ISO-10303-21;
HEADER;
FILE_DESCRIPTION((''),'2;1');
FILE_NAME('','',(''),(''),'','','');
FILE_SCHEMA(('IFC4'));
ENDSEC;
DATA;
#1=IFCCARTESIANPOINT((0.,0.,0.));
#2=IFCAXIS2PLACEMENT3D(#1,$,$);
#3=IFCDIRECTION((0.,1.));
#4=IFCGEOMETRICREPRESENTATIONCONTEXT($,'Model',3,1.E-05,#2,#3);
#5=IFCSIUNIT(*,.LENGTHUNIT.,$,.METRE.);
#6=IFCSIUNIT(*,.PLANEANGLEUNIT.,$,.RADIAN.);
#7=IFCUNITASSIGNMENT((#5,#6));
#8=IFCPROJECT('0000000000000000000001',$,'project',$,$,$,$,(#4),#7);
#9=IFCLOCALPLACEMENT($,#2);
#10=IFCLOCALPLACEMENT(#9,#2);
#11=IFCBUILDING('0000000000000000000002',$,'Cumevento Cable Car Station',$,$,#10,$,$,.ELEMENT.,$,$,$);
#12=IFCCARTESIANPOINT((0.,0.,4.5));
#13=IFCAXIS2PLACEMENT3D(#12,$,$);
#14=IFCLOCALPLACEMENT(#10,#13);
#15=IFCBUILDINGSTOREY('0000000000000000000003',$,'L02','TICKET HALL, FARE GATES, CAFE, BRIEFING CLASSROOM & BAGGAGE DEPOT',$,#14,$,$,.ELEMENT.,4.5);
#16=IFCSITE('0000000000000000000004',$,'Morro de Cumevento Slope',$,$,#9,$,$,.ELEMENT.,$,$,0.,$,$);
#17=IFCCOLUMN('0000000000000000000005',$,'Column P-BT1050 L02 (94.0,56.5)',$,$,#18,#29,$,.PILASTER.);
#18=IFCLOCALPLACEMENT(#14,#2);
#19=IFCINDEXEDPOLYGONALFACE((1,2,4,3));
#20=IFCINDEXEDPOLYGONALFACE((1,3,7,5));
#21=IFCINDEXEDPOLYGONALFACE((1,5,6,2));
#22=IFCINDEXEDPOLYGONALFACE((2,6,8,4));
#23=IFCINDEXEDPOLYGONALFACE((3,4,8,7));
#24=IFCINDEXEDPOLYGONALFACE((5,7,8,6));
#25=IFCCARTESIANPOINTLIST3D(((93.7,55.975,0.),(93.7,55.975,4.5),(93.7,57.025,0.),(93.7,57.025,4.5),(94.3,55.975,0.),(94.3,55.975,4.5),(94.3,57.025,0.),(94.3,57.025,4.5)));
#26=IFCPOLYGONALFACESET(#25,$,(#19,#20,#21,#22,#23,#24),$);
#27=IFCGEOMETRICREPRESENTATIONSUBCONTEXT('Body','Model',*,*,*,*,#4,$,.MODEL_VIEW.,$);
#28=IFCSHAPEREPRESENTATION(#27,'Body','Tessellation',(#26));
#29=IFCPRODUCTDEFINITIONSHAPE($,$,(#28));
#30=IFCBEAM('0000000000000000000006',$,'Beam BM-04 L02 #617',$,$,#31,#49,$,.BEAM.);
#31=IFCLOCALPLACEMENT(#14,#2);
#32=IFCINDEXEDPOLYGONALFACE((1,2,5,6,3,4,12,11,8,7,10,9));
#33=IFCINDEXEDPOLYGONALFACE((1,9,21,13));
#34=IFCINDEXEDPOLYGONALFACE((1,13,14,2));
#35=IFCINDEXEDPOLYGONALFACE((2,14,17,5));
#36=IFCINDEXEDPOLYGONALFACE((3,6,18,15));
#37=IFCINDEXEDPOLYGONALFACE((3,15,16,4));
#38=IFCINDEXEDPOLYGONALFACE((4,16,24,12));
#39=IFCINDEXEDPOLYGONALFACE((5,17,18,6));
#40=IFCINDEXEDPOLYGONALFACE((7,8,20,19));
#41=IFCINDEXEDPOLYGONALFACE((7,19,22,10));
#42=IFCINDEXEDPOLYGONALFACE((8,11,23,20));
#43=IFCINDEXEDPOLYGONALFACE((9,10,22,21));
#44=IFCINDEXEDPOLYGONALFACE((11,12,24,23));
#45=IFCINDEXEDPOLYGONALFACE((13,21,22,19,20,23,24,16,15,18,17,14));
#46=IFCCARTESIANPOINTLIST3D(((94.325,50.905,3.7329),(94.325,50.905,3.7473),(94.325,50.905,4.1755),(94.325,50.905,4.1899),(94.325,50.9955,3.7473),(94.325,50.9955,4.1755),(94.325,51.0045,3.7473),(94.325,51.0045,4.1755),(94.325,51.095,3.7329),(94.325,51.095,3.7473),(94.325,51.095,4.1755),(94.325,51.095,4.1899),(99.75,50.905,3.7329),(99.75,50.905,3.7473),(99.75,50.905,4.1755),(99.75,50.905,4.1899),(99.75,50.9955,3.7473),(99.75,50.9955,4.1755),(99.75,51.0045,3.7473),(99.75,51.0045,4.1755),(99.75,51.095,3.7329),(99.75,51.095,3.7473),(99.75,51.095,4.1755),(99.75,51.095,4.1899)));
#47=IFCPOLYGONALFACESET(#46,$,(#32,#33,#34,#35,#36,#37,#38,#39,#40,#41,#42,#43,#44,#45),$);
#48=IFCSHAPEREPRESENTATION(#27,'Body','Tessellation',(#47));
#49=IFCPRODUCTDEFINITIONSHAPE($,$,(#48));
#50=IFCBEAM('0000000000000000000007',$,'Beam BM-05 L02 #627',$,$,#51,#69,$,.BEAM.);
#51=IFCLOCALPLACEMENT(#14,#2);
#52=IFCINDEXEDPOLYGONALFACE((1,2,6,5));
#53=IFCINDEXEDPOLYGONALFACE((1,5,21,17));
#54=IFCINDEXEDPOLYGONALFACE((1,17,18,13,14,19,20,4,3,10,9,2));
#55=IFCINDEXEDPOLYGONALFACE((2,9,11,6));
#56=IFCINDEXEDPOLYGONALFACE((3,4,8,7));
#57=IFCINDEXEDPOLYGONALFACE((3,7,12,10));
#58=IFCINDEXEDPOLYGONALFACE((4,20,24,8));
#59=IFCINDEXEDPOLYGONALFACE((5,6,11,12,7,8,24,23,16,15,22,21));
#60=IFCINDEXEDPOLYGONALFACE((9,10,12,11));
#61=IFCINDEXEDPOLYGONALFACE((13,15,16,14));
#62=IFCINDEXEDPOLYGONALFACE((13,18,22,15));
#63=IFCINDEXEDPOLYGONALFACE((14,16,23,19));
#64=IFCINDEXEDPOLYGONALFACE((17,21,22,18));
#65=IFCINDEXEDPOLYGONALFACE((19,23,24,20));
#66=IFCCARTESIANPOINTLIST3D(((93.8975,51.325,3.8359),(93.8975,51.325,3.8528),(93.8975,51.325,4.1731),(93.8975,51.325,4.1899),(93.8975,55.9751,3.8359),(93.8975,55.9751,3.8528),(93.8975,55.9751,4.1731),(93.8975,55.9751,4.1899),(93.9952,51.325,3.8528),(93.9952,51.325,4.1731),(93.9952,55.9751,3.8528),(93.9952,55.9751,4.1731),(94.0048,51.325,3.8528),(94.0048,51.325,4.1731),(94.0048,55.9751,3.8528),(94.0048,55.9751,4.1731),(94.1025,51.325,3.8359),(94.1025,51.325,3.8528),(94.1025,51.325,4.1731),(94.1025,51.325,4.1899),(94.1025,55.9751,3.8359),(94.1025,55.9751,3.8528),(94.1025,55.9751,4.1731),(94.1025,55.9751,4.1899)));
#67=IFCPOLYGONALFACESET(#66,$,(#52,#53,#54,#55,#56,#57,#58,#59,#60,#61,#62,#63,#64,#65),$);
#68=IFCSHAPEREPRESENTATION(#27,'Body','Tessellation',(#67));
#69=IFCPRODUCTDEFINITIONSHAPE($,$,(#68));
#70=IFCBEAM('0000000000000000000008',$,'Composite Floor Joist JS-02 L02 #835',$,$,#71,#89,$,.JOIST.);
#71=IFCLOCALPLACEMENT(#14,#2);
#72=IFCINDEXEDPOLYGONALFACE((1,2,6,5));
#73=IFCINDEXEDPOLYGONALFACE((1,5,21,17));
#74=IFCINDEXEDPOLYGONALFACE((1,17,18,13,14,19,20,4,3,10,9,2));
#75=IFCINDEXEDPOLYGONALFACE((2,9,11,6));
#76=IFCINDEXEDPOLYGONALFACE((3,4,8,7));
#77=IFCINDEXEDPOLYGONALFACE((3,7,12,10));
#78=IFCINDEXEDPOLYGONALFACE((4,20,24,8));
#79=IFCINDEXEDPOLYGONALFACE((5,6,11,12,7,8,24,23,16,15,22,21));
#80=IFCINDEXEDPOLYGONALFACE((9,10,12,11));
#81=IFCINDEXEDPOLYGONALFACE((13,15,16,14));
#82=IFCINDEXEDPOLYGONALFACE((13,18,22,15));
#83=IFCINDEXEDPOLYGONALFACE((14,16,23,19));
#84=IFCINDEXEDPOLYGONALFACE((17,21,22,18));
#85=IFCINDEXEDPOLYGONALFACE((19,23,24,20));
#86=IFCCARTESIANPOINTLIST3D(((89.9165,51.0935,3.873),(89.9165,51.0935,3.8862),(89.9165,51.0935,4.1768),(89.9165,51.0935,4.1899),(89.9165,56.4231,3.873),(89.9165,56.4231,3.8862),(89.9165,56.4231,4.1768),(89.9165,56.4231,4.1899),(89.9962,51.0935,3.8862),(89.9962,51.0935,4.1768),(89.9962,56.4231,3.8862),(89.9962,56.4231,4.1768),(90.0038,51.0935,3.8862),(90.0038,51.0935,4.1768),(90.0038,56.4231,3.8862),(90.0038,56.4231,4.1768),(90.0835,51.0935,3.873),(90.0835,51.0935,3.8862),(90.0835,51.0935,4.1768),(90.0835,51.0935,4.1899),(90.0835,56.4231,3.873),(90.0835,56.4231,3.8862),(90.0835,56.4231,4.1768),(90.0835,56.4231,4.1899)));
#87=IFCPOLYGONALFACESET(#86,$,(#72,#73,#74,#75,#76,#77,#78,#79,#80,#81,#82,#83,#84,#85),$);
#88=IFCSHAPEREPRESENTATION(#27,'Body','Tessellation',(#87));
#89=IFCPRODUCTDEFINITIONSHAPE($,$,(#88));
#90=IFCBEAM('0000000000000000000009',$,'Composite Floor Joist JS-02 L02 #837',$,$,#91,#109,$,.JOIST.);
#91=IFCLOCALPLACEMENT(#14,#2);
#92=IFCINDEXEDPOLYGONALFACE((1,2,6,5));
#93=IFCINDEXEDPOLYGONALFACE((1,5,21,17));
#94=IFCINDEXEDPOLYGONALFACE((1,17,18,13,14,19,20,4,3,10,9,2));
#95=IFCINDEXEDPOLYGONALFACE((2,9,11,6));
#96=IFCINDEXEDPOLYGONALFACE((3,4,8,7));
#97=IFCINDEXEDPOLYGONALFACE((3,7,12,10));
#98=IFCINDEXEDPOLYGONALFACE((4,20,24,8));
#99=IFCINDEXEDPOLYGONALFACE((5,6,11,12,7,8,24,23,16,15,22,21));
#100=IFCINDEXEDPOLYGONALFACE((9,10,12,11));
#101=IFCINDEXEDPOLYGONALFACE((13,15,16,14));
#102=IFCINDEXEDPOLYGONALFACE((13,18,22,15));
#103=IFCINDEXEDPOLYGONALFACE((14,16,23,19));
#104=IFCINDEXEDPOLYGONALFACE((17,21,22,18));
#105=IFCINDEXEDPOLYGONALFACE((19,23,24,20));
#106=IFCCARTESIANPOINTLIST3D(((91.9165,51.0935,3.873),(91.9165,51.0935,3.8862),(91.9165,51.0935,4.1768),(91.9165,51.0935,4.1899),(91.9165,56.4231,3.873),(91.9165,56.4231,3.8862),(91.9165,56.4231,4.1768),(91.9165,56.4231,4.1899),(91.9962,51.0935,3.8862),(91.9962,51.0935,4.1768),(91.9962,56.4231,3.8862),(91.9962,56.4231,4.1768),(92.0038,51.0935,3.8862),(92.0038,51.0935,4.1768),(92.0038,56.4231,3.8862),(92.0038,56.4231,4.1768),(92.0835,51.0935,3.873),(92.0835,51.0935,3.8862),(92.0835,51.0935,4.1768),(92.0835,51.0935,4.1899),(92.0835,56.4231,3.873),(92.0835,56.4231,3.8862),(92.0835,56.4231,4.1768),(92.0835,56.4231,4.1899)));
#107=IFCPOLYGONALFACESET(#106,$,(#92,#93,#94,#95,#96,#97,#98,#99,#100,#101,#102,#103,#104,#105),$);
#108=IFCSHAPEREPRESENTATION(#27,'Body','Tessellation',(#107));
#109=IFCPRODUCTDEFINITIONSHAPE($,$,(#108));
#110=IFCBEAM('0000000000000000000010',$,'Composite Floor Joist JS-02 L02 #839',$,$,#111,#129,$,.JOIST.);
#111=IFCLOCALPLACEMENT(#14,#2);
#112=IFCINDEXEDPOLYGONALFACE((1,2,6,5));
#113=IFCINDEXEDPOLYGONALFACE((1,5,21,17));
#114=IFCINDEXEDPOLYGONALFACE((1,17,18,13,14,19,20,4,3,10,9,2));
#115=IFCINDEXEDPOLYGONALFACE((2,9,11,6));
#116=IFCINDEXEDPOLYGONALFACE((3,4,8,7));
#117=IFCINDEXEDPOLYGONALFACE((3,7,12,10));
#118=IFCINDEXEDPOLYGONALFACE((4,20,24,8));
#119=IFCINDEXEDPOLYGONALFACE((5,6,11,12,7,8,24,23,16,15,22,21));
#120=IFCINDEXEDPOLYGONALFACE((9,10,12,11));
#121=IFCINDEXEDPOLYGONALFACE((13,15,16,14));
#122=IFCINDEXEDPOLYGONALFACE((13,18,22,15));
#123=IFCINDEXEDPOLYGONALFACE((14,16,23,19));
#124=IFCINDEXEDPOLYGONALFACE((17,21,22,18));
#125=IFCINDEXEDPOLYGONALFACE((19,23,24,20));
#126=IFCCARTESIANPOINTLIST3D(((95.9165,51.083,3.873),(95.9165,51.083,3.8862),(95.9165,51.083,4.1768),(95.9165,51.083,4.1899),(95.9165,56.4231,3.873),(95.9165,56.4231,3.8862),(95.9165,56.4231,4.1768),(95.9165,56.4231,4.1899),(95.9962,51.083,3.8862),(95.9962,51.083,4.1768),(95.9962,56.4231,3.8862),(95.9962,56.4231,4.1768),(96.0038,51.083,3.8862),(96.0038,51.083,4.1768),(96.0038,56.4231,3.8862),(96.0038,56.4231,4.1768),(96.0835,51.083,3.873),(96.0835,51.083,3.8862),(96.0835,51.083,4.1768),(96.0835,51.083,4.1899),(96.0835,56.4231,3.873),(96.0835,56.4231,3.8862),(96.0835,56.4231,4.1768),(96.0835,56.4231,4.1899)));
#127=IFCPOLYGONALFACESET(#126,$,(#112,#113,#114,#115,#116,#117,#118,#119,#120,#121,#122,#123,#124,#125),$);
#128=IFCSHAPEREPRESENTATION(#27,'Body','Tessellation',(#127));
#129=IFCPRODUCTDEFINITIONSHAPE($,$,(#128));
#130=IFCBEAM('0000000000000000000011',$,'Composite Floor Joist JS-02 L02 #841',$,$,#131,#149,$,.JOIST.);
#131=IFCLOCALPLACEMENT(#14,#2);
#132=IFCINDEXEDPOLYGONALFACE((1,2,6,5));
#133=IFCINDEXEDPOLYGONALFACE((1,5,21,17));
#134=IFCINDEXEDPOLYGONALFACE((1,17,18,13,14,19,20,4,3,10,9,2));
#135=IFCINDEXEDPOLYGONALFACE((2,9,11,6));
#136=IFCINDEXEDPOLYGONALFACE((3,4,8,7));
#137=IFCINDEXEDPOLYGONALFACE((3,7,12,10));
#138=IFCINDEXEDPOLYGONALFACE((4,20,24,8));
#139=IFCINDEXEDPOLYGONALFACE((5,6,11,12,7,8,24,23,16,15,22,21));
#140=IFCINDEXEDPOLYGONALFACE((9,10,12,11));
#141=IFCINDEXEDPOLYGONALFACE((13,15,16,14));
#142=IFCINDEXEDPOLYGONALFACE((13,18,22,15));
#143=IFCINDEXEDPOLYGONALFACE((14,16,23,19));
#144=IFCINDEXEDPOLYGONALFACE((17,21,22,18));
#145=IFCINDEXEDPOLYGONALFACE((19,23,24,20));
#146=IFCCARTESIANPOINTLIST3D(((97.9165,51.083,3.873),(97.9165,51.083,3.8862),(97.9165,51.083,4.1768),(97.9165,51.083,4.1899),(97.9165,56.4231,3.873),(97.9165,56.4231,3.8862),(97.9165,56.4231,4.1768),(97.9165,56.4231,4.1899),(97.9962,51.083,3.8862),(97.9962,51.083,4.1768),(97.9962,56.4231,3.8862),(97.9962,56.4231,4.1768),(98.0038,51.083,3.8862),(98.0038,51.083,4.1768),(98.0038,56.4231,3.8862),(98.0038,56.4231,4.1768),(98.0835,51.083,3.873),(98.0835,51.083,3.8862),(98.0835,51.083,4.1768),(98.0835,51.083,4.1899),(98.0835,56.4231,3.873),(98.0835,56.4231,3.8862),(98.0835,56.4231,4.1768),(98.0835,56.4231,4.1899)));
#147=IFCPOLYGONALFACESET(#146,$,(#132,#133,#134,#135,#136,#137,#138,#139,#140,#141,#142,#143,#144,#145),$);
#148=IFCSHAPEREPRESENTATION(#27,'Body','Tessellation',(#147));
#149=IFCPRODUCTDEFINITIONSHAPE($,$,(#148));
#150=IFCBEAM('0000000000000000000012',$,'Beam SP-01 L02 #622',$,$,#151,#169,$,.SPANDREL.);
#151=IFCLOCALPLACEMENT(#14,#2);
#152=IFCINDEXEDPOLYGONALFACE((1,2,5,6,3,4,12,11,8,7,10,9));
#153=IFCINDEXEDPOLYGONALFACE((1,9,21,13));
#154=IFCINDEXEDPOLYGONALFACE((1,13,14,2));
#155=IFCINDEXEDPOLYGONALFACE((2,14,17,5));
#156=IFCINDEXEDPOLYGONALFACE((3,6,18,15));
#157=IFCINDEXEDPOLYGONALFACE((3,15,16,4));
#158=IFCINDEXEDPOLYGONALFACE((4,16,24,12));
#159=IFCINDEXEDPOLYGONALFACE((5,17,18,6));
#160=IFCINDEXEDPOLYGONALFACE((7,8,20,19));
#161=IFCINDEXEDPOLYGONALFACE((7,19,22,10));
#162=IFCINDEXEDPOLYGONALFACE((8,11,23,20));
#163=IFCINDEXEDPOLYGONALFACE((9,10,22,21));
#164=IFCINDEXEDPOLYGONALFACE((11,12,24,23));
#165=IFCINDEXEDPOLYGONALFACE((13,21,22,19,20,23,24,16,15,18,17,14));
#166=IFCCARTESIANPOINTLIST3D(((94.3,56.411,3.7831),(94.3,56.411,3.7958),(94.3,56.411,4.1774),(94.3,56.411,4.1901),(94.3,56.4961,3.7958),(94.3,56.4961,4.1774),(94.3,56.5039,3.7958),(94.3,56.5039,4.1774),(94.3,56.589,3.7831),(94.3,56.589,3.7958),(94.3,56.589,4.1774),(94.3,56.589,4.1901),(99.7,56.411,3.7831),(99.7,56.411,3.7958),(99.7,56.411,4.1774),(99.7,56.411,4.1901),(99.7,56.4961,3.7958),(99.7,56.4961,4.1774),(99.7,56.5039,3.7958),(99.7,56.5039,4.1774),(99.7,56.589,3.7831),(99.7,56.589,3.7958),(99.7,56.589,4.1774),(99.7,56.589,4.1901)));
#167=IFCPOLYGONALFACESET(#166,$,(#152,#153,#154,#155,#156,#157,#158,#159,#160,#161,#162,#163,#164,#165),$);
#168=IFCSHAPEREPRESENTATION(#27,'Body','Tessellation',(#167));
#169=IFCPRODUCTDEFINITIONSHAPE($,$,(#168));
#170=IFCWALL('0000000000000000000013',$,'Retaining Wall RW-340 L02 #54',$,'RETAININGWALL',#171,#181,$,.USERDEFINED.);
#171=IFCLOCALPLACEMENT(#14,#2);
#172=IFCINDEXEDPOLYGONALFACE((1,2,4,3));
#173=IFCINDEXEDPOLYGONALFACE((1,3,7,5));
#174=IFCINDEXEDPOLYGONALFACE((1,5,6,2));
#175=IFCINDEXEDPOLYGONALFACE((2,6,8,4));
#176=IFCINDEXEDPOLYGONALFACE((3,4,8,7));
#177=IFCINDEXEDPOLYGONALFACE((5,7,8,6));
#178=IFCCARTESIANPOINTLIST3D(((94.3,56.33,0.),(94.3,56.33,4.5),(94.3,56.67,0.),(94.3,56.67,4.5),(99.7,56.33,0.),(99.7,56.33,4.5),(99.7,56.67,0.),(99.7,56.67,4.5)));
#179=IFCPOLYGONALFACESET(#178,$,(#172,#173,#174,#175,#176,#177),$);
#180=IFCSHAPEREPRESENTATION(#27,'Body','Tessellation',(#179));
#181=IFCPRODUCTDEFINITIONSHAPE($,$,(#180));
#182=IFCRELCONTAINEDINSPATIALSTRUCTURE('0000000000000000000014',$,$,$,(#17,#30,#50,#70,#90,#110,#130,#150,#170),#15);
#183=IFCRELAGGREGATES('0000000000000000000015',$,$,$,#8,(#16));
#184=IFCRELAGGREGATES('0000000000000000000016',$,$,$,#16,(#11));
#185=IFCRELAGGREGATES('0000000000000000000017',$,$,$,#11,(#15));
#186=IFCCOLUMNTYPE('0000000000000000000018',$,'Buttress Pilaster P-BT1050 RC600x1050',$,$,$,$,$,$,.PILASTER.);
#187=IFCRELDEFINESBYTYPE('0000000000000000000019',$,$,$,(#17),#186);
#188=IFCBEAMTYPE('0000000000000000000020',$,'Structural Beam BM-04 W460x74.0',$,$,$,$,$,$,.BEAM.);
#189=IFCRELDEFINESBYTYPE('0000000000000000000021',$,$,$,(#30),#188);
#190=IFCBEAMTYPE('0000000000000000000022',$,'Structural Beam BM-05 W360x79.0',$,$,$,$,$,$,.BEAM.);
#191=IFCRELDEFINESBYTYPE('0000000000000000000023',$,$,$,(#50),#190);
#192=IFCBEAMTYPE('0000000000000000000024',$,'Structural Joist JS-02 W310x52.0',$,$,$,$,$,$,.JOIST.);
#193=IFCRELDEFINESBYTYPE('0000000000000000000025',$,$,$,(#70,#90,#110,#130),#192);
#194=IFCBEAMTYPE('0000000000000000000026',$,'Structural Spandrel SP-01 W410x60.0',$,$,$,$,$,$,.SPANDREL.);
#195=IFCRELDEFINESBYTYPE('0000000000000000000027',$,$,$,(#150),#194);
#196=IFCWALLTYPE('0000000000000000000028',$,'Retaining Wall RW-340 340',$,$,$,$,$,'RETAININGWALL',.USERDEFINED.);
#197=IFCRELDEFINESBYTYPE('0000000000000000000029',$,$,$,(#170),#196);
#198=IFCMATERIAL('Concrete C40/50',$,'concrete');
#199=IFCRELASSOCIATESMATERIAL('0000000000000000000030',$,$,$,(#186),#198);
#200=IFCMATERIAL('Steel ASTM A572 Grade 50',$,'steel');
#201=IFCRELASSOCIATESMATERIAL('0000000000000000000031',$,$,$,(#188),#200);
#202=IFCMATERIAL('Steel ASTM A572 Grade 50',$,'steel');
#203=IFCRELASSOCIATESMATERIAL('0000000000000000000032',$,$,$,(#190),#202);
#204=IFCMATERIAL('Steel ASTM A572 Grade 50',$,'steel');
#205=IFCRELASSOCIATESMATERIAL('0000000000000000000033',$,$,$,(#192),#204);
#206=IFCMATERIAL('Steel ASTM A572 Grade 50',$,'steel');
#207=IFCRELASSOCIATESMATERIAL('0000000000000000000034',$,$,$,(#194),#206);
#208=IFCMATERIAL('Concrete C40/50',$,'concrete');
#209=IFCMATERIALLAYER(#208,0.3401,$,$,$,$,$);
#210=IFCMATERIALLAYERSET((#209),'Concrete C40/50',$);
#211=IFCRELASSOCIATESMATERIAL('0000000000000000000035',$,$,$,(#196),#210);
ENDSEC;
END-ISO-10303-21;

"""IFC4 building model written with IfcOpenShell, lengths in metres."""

from ifc_helpers import new_model, si_unit, direction, frame, frame_2d, origin, origin_2d, place, context, subcontext, project, spatial, rectangle, i_section, extrude, material, layer, layer_set, material_profile, profile_set, type_object, element, save


model = new_model("IFC4")

# Units and contexts
model_context = context("Model", 3, precision=1e-05, world=origin(), true_north=direction((0.0, 1.0)))
body_context = subcontext(model_context, "Body", "Model", "MODEL_VIEW")
ifc_project = project(units=[si_unit("LENGTHUNIT", "METRE"), si_unit("PLANEANGLEUNIT", "RADIAN")], contexts=[model_context])

# Site, building, storey
site_placement = place(None, origin())
site = spatial("IfcSite", under=ifc_project, at=site_placement, Name="Morro de Cumevento Slope", CompositionType="ELEMENT", RefElevation=0.0)
building_placement = place(site_placement, origin())
building = spatial("IfcBuilding", under=site, at=building_placement, Name="Cumevento Cable Car Station", CompositionType="ELEMENT")
storey_placement = place(building_placement, frame((0.0, 0.0, 4.5)))
storey = spatial("IfcBuildingStorey", under=building, at=storey_placement, Name="L02", Description="TICKET HALL, FARE GATES, CAFE, BRIEFING CLASSROOM & BAGGAGE DEPOT", CompositionType="ELEMENT", Elevation=4.5)

# Column
ifc_material_1 = material(Name="Concrete C40/50", Category="concrete")
ifc_material_profile_1 = material_profile(ifc_material_1, rectangle(XDim=0.6001, YDim=1.05, at=origin_2d()), Name="RC600x1050")
ifc_profile_set_1 = profile_set([ifc_material_profile_1], Name="Concrete C40/50")
column_type = type_object("IfcColumnType", Name="Buttress Pilaster P-BT1050 RC600x1050", PredefinedType="PILASTER", material=ifc_profile_set_1)
column_placement = place(storey_placement, frame((94.0, 56.5, 0.0), z_axis=(0.0, 0.0, 1.0), x_axis=(1.0, 0.0, 0.0)))
element("IfcColumn", 1, at=column_placement, inside=storey, type_object=column_type, Name="Column P-BT1050 L02 (94.0,56.5)", PredefinedType="PILASTER", context=body_context, shape_type="SweptSolid", body=[
    extrude(rectangle(XDim=0.6001, YDim=1.05, at=origin_2d()), origin(), (0.0, 0.0, 1.0), 4.5),
])

# Beams
ifc_material_2 = material(Name="Steel ASTM A572 Grade 50", Category="steel")
ifc_material_profile_2 = material_profile(ifc_material_2, i_section(OverallWidth=0.1899, OverallDepth=0.457, WebThickness=0.009, FlangeThickness=0.0144, at=origin_2d()), Name="W460x74.0")
ifc_profile_set_2 = profile_set([ifc_material_profile_2], Name="Steel ASTM A572 Grade 50")
beam_type_1 = type_object("IfcBeamType", Name="Structural Beam BM-04 W460x74.0", PredefinedType="BEAM", material=ifc_profile_set_2)
beam_1_placement = place(storey_placement, frame((94.325, 51.0, 3.9614), z_axis=(1.0, 0.0, 0.0), x_axis=(0.0, 1.0, 0.0)))
element("IfcBeam", 2, at=beam_1_placement, inside=storey, type_object=beam_type_1, Name="Beam BM-04 L02 #617", PredefinedType="BEAM", context=body_context, shape_type="SweptSolid", body=[
    extrude(i_section(OverallWidth=0.1899, OverallDepth=0.457, WebThickness=0.009, FlangeThickness=0.0144, at=origin_2d()), origin(), (0.0, 0.0, 1.0), 5.425),
])
ifc_material_3 = material(Name="Steel ASTM A572 Grade 50", Category="steel")
ifc_material_profile_3 = material_profile(ifc_material_3, i_section(OverallWidth=0.2051, OverallDepth=0.354, WebThickness=0.0095, FlangeThickness=0.0168, at=origin_2d()), Name="W360x79.0")
ifc_profile_set_3 = profile_set([ifc_material_profile_3], Name="Steel ASTM A572 Grade 50")
beam_type_2 = type_object("IfcBeamType", Name="Structural Beam BM-05 W360x79.0", PredefinedType="BEAM", material=ifc_profile_set_3)
beam_2_placement = place(storey_placement, frame((94.0, 51.325, 4.0129), z_axis=(0.0, 1.0, 0.0), x_axis=(-1.0, 0.0, 0.0)))
element("IfcBeam", 3, at=beam_2_placement, inside=storey, type_object=beam_type_2, Name="Beam BM-05 L02 #627", PredefinedType="BEAM", context=body_context, shape_type="SweptSolid", body=[
    extrude(i_section(OverallWidth=0.2051, OverallDepth=0.354, WebThickness=0.0095, FlangeThickness=0.0168, at=origin_2d()), origin(), (0.0, 0.0, 1.0), 4.6501),
])
ifc_material_4 = material(Name="Steel ASTM A572 Grade 50", Category="steel")
ifc_material_profile_4 = material_profile(ifc_material_4, i_section(OverallWidth=0.167, OverallDepth=0.3169, WebThickness=0.0076, FlangeThickness=0.0132, at=origin_2d()), Name="W310x52.0")
ifc_profile_set_4 = profile_set([ifc_material_profile_4], Name="Steel ASTM A572 Grade 50")
beam_type_3 = type_object("IfcBeamType", Name="Structural Joist JS-02 W310x52.0", PredefinedType="JOIST", material=ifc_profile_set_4)
for number, where, z_axis, x_axis, name in (
    (4, (90.0, 51.0935, 4.0315), (0.0, 1.0, 0.0), (-1.0, 0.0, 0.0), "Composite Floor Joist JS-02 L02 #835"),
    (5, (92.0, 51.0935, 4.0315), (0.0, 1.0, 0.0), (-1.0, 0.0, 0.0), "Composite Floor Joist JS-02 L02 #837"),
):
    element("IfcBeam", number, at=place(storey_placement, frame(where, z_axis=z_axis, x_axis=x_axis)), inside=storey, type_object=beam_type_3, Name=name, PredefinedType="JOIST", context=body_context, shape_type="SweptSolid", body=[
        extrude(i_section(OverallWidth=0.167, OverallDepth=0.3169, WebThickness=0.0076, FlangeThickness=0.0132, at=origin_2d()), origin(), (0.0, 0.0, 1.0), 5.3296),
    ])
for number, where, z_axis, x_axis, name in (
    (6, (96.0, 51.083, 4.0315), (0.0, 1.0, 0.0), (-1.0, 0.0, 0.0), "Composite Floor Joist JS-02 L02 #839"),
    (7, (98.0, 51.083, 4.0315), (0.0, 1.0, 0.0), (-1.0, 0.0, 0.0), "Composite Floor Joist JS-02 L02 #841"),
):
    element("IfcBeam", number, at=place(storey_placement, frame(where, z_axis=z_axis, x_axis=x_axis)), inside=storey, type_object=beam_type_3, Name=name, PredefinedType="JOIST", context=body_context, shape_type="SweptSolid", body=[
        extrude(i_section(OverallWidth=0.167, OverallDepth=0.3169, WebThickness=0.0076, FlangeThickness=0.0132, at=origin_2d()), origin(), (0.0, 0.0, 1.0), 5.3401),
    ])
ifc_material_5 = material(Name="Steel ASTM A572 Grade 50", Category="steel")
ifc_material_profile_5 = material_profile(ifc_material_5, i_section(OverallWidth=0.178, OverallDepth=0.407, WebThickness=0.0078, FlangeThickness=0.0127, at=origin_2d()), Name="W410x60.0")
ifc_profile_set_5 = profile_set([ifc_material_profile_5], Name="Steel ASTM A572 Grade 50")
beam_type_4 = type_object("IfcBeamType", Name="Structural Spandrel SP-01 W410x60.0", PredefinedType="SPANDREL", material=ifc_profile_set_5)
beam_3_placement = place(storey_placement, frame((94.3, 56.5, 3.9866), z_axis=(1.0, 0.0, 0.0), x_axis=(0.0, 1.0, 0.0)))
element("IfcBeam", 8, at=beam_3_placement, inside=storey, type_object=beam_type_4, Name="Beam SP-01 L02 #622", PredefinedType="SPANDREL", context=body_context, shape_type="SweptSolid", body=[
    extrude(i_section(OverallWidth=0.178, OverallDepth=0.407, WebThickness=0.0078, FlangeThickness=0.0127, at=origin_2d()), origin(), (0.0, 0.0, 1.0), 5.3999),
])

# Wall
ifc_material_6 = material(Name="Concrete C40/50", Category="concrete")
ifc_layer = layer(ifc_material_6, 0.3401)
ifc_layer_set = layer_set([ifc_layer], Name="Concrete C40/50")
wall_type = type_object("IfcWallType", Name="Retaining Wall RW-340 340", ElementType="RETAININGWALL", PredefinedType="USERDEFINED", material=ifc_layer_set)
wall_placement = place(storey_placement, frame((94.3, 56.5, 0.0), z_axis=(0.0, 0.0, 1.0), x_axis=(1.0, 0.0, 0.0)))
element("IfcWall", 9, at=wall_placement, inside=storey, type_object=wall_type, Name="Retaining Wall RW-340 L02 #54", ObjectType="RETAININGWALL", PredefinedType="USERDEFINED", context=body_context, shape_type="SweptSolid", body=[
    extrude(rectangle(XDim=5.3999, YDim=0.3401, at=frame_2d((2.7, 0.0))), origin(), (0.0, 0.0, 1.0), 4.5),
])

save(model, "model.ifc")
